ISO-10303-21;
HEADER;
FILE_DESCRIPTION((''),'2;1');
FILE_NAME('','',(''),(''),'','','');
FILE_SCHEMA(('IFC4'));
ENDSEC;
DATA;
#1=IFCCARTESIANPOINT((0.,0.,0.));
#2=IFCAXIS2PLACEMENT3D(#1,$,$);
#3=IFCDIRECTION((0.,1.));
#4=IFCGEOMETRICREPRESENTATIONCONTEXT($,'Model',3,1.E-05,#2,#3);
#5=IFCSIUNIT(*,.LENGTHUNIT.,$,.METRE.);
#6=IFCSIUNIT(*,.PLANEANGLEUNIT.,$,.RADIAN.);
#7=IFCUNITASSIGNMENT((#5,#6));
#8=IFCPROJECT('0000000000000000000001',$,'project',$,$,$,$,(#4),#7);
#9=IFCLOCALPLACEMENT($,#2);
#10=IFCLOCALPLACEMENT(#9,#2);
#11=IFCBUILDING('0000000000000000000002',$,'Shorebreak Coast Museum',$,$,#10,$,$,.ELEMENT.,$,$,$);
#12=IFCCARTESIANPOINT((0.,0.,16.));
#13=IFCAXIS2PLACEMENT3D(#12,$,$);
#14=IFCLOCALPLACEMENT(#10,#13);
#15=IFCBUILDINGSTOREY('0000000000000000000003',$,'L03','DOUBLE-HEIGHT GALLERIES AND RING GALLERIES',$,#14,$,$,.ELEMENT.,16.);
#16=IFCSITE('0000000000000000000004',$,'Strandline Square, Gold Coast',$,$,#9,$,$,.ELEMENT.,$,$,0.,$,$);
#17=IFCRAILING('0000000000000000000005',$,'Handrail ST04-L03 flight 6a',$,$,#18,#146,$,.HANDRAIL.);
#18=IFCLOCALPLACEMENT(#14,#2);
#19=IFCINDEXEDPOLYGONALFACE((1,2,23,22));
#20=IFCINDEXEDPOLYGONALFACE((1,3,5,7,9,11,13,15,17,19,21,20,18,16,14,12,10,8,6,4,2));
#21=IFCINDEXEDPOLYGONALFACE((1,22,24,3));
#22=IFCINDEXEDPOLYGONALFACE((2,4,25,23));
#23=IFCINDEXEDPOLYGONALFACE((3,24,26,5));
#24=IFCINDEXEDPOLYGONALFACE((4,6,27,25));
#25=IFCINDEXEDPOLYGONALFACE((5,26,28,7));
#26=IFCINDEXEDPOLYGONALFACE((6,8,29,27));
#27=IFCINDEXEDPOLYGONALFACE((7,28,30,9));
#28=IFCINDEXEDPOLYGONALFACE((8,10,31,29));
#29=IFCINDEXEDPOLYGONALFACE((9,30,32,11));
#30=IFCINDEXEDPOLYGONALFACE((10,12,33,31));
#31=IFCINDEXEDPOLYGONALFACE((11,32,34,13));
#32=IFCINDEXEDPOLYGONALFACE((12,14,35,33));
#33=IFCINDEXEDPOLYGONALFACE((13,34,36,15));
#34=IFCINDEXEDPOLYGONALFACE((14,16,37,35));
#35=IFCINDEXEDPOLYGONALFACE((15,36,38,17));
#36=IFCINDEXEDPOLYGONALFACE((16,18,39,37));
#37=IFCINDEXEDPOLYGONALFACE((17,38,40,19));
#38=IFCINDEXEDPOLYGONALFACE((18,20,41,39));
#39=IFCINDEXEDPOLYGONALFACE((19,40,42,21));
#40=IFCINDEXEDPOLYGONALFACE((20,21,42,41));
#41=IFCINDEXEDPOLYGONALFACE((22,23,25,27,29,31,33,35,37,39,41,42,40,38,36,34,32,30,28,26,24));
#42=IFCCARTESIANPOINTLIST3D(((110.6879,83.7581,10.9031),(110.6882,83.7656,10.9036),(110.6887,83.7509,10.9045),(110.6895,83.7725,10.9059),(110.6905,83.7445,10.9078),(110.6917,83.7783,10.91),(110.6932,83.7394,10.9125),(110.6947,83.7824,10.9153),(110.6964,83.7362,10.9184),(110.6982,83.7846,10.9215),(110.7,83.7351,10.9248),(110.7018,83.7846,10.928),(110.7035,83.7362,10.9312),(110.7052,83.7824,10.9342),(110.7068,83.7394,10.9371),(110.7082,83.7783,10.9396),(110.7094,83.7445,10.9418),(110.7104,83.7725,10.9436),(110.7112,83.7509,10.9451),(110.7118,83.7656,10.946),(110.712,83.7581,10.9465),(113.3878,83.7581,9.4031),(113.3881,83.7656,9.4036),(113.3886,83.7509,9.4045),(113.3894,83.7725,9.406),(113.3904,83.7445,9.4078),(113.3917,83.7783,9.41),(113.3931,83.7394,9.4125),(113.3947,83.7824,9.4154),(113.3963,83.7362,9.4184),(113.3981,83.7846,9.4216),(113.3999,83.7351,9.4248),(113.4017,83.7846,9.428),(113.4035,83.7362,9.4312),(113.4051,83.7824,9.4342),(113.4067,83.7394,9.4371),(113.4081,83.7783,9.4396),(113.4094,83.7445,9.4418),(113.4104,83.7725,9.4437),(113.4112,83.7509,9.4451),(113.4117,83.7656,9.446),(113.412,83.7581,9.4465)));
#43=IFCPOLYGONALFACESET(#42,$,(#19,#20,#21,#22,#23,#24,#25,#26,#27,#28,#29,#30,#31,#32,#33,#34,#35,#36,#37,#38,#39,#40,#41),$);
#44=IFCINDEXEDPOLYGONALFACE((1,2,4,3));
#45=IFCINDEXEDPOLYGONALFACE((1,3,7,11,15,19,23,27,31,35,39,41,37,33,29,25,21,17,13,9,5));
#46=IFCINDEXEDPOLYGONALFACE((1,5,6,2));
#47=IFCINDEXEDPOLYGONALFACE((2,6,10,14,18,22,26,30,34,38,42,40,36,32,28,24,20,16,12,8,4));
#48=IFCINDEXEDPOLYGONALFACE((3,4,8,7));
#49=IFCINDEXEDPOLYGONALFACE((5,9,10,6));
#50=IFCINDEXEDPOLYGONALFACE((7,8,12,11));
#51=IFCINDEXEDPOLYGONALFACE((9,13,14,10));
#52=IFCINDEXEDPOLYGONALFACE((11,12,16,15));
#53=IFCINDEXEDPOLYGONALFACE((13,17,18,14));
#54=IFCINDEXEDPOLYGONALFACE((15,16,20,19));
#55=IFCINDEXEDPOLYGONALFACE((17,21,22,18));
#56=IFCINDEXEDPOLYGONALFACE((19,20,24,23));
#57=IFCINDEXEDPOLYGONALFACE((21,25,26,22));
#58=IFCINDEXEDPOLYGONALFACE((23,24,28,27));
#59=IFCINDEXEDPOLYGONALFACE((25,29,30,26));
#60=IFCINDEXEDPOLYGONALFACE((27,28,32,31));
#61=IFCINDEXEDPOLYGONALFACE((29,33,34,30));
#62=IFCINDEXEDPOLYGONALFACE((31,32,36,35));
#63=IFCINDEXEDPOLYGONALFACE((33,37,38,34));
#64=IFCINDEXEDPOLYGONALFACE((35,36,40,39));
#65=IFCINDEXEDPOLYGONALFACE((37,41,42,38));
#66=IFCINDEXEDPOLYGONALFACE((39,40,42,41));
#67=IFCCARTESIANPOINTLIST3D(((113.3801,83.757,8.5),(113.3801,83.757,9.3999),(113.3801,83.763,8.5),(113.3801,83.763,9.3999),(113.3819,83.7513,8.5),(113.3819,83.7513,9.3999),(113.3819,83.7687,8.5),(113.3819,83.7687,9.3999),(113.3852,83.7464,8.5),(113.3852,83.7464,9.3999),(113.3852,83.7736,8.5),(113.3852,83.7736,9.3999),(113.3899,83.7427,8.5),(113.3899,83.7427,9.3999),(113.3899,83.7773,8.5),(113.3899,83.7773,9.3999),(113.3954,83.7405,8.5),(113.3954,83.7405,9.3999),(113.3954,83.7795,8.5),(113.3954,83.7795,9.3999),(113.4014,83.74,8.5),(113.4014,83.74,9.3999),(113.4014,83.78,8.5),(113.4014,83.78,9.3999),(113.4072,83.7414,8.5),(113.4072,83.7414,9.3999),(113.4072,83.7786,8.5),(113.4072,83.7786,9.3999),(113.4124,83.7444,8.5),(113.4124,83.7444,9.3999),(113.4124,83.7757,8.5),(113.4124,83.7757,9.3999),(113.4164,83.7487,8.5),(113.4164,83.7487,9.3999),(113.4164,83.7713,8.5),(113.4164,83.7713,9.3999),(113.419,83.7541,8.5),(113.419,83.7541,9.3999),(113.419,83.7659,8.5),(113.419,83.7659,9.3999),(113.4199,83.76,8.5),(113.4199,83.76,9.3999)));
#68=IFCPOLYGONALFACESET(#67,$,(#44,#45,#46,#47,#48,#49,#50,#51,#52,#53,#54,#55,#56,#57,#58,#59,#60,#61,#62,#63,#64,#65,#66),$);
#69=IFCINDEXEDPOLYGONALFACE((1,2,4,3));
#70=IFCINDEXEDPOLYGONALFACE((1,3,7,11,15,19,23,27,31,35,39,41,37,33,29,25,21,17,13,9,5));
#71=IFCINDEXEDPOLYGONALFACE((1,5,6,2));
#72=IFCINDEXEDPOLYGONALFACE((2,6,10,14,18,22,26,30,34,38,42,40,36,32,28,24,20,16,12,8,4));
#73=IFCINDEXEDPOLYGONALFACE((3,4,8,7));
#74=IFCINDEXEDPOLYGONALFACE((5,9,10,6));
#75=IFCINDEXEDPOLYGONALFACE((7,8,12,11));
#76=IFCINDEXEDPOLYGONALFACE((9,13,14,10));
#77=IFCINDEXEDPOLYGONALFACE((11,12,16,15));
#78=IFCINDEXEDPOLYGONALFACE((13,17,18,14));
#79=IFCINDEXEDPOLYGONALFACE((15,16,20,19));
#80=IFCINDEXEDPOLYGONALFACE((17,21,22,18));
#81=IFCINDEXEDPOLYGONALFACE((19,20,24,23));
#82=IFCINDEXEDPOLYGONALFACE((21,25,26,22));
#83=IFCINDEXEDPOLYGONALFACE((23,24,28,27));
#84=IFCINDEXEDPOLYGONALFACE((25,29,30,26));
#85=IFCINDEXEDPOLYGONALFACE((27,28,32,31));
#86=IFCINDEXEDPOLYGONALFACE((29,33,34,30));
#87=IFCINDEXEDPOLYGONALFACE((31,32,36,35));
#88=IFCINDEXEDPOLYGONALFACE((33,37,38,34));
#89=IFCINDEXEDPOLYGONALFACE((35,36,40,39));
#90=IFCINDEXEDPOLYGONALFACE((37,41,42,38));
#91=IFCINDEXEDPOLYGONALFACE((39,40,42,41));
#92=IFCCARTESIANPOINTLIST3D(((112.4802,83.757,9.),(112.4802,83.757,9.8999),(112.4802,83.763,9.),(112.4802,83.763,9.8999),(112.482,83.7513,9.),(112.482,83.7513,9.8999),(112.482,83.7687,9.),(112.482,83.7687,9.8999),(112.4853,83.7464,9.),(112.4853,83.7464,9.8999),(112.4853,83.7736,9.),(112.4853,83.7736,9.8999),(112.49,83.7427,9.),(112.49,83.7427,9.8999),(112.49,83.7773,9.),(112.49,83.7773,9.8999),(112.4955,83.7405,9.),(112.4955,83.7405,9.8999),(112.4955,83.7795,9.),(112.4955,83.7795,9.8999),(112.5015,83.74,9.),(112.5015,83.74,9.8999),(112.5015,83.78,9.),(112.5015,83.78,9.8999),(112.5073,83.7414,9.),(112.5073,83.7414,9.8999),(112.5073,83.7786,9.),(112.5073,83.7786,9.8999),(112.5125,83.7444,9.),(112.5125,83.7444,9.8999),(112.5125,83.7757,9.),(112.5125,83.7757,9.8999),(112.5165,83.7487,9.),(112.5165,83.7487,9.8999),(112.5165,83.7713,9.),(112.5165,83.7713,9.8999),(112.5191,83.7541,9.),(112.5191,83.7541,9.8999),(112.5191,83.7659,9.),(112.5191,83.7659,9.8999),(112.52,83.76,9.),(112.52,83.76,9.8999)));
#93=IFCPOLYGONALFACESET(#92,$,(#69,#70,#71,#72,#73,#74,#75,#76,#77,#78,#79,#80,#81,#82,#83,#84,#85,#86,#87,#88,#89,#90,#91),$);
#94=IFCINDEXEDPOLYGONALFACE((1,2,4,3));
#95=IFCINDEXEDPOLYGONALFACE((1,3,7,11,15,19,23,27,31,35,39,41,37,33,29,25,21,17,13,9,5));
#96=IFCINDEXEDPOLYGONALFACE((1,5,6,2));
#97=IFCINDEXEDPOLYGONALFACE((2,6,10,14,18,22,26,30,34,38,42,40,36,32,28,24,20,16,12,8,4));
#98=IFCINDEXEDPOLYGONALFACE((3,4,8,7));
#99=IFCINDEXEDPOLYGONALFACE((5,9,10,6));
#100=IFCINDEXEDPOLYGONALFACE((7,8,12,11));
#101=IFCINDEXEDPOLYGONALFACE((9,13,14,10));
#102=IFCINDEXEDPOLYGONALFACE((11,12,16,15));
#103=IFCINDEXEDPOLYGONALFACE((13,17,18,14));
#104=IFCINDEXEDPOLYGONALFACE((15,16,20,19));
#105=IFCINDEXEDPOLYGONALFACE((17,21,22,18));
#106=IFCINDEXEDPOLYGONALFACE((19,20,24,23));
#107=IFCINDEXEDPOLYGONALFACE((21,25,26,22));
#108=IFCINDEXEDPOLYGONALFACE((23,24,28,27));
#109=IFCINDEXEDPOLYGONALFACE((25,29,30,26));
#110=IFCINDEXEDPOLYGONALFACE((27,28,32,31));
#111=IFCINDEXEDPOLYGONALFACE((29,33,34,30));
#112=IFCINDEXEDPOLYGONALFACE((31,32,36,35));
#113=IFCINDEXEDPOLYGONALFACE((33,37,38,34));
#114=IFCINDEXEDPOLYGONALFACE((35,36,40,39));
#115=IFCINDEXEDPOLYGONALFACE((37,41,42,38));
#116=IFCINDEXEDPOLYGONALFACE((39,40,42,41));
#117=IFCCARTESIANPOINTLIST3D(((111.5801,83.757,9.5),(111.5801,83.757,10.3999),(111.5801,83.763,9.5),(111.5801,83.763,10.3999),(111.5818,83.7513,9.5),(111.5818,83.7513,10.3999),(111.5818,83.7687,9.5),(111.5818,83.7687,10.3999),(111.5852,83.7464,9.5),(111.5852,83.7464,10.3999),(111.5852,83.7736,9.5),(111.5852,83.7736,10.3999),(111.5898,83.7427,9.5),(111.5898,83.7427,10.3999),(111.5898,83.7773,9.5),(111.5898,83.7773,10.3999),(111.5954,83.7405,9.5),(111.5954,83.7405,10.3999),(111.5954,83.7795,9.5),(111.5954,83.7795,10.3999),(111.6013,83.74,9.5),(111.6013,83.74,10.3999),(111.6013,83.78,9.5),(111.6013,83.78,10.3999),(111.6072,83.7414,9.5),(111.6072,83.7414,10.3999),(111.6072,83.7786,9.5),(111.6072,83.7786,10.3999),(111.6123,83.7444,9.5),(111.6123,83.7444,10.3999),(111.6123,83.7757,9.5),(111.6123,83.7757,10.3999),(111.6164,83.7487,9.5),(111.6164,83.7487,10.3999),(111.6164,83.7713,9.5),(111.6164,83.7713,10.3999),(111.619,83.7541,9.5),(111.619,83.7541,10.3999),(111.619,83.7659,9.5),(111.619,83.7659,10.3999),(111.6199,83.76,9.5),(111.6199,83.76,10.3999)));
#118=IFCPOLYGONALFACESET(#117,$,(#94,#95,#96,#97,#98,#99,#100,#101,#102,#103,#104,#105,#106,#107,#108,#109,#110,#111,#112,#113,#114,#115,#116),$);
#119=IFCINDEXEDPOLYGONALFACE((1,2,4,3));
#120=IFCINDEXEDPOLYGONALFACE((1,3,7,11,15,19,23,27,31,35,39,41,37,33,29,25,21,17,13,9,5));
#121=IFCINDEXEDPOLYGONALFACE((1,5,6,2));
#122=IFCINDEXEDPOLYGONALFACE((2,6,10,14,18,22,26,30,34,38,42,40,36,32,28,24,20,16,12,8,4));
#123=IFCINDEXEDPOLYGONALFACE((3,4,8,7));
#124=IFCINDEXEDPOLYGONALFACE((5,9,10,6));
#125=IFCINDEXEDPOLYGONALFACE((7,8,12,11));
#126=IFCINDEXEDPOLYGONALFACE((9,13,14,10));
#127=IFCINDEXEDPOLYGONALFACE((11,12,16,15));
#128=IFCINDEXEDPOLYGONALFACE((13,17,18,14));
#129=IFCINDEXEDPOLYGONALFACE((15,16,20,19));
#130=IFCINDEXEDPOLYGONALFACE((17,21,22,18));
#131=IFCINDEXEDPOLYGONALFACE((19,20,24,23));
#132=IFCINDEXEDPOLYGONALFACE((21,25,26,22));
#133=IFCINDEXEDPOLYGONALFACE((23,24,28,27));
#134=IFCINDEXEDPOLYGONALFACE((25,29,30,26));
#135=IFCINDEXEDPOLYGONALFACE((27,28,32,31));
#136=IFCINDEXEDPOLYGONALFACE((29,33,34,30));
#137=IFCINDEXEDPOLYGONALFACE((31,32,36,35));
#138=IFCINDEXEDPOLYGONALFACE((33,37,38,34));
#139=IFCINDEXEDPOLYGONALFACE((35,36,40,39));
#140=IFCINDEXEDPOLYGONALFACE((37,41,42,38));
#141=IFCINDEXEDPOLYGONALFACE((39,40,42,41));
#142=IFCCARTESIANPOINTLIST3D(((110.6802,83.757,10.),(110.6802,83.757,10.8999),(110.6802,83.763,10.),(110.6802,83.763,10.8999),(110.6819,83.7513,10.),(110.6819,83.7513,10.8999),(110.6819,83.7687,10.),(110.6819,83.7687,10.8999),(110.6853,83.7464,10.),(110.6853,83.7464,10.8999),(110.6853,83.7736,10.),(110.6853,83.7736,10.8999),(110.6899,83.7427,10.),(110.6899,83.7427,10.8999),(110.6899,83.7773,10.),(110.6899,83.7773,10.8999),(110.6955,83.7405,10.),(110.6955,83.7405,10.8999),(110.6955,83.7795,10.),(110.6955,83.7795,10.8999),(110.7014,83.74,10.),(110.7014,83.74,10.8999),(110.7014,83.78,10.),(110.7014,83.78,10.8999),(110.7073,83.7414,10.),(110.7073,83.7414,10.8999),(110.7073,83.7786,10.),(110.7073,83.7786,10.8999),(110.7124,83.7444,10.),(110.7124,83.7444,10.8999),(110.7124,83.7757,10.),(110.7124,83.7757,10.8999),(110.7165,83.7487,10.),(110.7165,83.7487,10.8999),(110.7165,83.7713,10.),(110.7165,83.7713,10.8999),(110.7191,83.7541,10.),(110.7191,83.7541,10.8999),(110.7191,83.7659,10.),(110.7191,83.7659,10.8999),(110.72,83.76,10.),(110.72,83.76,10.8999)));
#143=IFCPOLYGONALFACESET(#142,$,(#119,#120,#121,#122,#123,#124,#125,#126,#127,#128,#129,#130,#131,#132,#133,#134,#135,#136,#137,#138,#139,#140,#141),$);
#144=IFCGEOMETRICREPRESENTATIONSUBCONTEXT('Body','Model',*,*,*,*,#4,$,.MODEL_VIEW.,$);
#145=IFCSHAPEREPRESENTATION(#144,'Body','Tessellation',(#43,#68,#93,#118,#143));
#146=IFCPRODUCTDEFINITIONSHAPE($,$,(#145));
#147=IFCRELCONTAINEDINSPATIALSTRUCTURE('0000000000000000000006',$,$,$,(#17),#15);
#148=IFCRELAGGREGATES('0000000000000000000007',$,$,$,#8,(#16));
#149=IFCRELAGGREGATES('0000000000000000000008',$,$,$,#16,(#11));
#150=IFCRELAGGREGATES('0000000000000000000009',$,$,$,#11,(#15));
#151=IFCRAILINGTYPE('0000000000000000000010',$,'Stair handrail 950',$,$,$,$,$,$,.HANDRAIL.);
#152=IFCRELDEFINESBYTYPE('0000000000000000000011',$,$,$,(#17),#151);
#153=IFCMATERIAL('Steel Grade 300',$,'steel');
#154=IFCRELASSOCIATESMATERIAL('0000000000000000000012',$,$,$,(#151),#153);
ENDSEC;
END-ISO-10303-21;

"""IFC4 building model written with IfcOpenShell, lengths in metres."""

from ifc_helpers import new_model, si_unit, direction, frame, origin, origin_2d, place, context, subcontext, project, spatial, circle, extrude, material, type_object, element, save


model = new_model("IFC4")

# Units and contexts
model_context = context("Model", 3, precision=1e-05, world=origin(), true_north=direction((0.0, 1.0)))
body_context = subcontext(model_context, "Body", "Model", "MODEL_VIEW")
ifc_project = project(units=[si_unit("LENGTHUNIT", "METRE"), si_unit("PLANEANGLEUNIT", "RADIAN")], contexts=[model_context])

# Site, building, storey
site_placement = place(None, origin())
site = spatial("IfcSite", under=ifc_project, at=site_placement, Name="Strandline Square, Gold Coast", CompositionType="ELEMENT", RefElevation=0.0)
building_placement = place(site_placement, origin())
building = spatial("IfcBuilding", under=site, at=building_placement, Name="Shorebreak Coast Museum", CompositionType="ELEMENT")
storey_placement = place(building_placement, frame((0.0, 0.0, 16.0)))
storey = spatial("IfcBuildingStorey", under=building, at=storey_placement, Name="L03", Description="DOUBLE-HEIGHT GALLERIES AND RING GALLERIES", CompositionType="ELEMENT", Elevation=16.0)

# Railing
ifc_material_1 = material(Name="Steel Grade 300", Category="steel")
railing_type_1 = type_object("IfcRailingType", Name="Stair handrail 950", PredefinedType="HANDRAIL", material=ifc_material_1)
for number, where, name in (
    (1, (113.3999, 83.76, 8.5), "Handrail ST04-L03 flight 6a"),
):
    element("IfcRailing", number, at=place(storey_placement, frame(where)), inside=storey, type_object=railing_type_1, Name=name, PredefinedType="HANDRAIL", context=body_context, shape_type="SweptSolid", body=[
        extrude(circle(Radius=0.0249, at=origin_2d()), frame((0.0, 0.0, 0.9248), z_axis=(-0.874154, 0.0, 0.48565), x_axis=(0.0, -1.0, 0.0)), (0.0, 0.0, 1.0), 3.0886),
        extrude(circle(Radius=0.02, at=origin_2d()), origin(), (0.0, 0.0, 1.0), 0.8999),
        extrude(circle(Radius=0.02, at=origin_2d()), frame((-0.8999, 0.0, 0.5)), (0.0, 0.0, 1.0), 0.8999),
        extrude(circle(Radius=0.02, at=origin_2d()), frame((-1.8, 0.0, 1.0)), (0.0, 0.0, 1.0), 0.8999),
        extrude(circle(Radius=0.02, at=origin_2d()), frame((-2.7, 0.0, 1.5)), (0.0, 0.0, 1.0), 0.8999),
    ])

save(model, "model.ifc")
